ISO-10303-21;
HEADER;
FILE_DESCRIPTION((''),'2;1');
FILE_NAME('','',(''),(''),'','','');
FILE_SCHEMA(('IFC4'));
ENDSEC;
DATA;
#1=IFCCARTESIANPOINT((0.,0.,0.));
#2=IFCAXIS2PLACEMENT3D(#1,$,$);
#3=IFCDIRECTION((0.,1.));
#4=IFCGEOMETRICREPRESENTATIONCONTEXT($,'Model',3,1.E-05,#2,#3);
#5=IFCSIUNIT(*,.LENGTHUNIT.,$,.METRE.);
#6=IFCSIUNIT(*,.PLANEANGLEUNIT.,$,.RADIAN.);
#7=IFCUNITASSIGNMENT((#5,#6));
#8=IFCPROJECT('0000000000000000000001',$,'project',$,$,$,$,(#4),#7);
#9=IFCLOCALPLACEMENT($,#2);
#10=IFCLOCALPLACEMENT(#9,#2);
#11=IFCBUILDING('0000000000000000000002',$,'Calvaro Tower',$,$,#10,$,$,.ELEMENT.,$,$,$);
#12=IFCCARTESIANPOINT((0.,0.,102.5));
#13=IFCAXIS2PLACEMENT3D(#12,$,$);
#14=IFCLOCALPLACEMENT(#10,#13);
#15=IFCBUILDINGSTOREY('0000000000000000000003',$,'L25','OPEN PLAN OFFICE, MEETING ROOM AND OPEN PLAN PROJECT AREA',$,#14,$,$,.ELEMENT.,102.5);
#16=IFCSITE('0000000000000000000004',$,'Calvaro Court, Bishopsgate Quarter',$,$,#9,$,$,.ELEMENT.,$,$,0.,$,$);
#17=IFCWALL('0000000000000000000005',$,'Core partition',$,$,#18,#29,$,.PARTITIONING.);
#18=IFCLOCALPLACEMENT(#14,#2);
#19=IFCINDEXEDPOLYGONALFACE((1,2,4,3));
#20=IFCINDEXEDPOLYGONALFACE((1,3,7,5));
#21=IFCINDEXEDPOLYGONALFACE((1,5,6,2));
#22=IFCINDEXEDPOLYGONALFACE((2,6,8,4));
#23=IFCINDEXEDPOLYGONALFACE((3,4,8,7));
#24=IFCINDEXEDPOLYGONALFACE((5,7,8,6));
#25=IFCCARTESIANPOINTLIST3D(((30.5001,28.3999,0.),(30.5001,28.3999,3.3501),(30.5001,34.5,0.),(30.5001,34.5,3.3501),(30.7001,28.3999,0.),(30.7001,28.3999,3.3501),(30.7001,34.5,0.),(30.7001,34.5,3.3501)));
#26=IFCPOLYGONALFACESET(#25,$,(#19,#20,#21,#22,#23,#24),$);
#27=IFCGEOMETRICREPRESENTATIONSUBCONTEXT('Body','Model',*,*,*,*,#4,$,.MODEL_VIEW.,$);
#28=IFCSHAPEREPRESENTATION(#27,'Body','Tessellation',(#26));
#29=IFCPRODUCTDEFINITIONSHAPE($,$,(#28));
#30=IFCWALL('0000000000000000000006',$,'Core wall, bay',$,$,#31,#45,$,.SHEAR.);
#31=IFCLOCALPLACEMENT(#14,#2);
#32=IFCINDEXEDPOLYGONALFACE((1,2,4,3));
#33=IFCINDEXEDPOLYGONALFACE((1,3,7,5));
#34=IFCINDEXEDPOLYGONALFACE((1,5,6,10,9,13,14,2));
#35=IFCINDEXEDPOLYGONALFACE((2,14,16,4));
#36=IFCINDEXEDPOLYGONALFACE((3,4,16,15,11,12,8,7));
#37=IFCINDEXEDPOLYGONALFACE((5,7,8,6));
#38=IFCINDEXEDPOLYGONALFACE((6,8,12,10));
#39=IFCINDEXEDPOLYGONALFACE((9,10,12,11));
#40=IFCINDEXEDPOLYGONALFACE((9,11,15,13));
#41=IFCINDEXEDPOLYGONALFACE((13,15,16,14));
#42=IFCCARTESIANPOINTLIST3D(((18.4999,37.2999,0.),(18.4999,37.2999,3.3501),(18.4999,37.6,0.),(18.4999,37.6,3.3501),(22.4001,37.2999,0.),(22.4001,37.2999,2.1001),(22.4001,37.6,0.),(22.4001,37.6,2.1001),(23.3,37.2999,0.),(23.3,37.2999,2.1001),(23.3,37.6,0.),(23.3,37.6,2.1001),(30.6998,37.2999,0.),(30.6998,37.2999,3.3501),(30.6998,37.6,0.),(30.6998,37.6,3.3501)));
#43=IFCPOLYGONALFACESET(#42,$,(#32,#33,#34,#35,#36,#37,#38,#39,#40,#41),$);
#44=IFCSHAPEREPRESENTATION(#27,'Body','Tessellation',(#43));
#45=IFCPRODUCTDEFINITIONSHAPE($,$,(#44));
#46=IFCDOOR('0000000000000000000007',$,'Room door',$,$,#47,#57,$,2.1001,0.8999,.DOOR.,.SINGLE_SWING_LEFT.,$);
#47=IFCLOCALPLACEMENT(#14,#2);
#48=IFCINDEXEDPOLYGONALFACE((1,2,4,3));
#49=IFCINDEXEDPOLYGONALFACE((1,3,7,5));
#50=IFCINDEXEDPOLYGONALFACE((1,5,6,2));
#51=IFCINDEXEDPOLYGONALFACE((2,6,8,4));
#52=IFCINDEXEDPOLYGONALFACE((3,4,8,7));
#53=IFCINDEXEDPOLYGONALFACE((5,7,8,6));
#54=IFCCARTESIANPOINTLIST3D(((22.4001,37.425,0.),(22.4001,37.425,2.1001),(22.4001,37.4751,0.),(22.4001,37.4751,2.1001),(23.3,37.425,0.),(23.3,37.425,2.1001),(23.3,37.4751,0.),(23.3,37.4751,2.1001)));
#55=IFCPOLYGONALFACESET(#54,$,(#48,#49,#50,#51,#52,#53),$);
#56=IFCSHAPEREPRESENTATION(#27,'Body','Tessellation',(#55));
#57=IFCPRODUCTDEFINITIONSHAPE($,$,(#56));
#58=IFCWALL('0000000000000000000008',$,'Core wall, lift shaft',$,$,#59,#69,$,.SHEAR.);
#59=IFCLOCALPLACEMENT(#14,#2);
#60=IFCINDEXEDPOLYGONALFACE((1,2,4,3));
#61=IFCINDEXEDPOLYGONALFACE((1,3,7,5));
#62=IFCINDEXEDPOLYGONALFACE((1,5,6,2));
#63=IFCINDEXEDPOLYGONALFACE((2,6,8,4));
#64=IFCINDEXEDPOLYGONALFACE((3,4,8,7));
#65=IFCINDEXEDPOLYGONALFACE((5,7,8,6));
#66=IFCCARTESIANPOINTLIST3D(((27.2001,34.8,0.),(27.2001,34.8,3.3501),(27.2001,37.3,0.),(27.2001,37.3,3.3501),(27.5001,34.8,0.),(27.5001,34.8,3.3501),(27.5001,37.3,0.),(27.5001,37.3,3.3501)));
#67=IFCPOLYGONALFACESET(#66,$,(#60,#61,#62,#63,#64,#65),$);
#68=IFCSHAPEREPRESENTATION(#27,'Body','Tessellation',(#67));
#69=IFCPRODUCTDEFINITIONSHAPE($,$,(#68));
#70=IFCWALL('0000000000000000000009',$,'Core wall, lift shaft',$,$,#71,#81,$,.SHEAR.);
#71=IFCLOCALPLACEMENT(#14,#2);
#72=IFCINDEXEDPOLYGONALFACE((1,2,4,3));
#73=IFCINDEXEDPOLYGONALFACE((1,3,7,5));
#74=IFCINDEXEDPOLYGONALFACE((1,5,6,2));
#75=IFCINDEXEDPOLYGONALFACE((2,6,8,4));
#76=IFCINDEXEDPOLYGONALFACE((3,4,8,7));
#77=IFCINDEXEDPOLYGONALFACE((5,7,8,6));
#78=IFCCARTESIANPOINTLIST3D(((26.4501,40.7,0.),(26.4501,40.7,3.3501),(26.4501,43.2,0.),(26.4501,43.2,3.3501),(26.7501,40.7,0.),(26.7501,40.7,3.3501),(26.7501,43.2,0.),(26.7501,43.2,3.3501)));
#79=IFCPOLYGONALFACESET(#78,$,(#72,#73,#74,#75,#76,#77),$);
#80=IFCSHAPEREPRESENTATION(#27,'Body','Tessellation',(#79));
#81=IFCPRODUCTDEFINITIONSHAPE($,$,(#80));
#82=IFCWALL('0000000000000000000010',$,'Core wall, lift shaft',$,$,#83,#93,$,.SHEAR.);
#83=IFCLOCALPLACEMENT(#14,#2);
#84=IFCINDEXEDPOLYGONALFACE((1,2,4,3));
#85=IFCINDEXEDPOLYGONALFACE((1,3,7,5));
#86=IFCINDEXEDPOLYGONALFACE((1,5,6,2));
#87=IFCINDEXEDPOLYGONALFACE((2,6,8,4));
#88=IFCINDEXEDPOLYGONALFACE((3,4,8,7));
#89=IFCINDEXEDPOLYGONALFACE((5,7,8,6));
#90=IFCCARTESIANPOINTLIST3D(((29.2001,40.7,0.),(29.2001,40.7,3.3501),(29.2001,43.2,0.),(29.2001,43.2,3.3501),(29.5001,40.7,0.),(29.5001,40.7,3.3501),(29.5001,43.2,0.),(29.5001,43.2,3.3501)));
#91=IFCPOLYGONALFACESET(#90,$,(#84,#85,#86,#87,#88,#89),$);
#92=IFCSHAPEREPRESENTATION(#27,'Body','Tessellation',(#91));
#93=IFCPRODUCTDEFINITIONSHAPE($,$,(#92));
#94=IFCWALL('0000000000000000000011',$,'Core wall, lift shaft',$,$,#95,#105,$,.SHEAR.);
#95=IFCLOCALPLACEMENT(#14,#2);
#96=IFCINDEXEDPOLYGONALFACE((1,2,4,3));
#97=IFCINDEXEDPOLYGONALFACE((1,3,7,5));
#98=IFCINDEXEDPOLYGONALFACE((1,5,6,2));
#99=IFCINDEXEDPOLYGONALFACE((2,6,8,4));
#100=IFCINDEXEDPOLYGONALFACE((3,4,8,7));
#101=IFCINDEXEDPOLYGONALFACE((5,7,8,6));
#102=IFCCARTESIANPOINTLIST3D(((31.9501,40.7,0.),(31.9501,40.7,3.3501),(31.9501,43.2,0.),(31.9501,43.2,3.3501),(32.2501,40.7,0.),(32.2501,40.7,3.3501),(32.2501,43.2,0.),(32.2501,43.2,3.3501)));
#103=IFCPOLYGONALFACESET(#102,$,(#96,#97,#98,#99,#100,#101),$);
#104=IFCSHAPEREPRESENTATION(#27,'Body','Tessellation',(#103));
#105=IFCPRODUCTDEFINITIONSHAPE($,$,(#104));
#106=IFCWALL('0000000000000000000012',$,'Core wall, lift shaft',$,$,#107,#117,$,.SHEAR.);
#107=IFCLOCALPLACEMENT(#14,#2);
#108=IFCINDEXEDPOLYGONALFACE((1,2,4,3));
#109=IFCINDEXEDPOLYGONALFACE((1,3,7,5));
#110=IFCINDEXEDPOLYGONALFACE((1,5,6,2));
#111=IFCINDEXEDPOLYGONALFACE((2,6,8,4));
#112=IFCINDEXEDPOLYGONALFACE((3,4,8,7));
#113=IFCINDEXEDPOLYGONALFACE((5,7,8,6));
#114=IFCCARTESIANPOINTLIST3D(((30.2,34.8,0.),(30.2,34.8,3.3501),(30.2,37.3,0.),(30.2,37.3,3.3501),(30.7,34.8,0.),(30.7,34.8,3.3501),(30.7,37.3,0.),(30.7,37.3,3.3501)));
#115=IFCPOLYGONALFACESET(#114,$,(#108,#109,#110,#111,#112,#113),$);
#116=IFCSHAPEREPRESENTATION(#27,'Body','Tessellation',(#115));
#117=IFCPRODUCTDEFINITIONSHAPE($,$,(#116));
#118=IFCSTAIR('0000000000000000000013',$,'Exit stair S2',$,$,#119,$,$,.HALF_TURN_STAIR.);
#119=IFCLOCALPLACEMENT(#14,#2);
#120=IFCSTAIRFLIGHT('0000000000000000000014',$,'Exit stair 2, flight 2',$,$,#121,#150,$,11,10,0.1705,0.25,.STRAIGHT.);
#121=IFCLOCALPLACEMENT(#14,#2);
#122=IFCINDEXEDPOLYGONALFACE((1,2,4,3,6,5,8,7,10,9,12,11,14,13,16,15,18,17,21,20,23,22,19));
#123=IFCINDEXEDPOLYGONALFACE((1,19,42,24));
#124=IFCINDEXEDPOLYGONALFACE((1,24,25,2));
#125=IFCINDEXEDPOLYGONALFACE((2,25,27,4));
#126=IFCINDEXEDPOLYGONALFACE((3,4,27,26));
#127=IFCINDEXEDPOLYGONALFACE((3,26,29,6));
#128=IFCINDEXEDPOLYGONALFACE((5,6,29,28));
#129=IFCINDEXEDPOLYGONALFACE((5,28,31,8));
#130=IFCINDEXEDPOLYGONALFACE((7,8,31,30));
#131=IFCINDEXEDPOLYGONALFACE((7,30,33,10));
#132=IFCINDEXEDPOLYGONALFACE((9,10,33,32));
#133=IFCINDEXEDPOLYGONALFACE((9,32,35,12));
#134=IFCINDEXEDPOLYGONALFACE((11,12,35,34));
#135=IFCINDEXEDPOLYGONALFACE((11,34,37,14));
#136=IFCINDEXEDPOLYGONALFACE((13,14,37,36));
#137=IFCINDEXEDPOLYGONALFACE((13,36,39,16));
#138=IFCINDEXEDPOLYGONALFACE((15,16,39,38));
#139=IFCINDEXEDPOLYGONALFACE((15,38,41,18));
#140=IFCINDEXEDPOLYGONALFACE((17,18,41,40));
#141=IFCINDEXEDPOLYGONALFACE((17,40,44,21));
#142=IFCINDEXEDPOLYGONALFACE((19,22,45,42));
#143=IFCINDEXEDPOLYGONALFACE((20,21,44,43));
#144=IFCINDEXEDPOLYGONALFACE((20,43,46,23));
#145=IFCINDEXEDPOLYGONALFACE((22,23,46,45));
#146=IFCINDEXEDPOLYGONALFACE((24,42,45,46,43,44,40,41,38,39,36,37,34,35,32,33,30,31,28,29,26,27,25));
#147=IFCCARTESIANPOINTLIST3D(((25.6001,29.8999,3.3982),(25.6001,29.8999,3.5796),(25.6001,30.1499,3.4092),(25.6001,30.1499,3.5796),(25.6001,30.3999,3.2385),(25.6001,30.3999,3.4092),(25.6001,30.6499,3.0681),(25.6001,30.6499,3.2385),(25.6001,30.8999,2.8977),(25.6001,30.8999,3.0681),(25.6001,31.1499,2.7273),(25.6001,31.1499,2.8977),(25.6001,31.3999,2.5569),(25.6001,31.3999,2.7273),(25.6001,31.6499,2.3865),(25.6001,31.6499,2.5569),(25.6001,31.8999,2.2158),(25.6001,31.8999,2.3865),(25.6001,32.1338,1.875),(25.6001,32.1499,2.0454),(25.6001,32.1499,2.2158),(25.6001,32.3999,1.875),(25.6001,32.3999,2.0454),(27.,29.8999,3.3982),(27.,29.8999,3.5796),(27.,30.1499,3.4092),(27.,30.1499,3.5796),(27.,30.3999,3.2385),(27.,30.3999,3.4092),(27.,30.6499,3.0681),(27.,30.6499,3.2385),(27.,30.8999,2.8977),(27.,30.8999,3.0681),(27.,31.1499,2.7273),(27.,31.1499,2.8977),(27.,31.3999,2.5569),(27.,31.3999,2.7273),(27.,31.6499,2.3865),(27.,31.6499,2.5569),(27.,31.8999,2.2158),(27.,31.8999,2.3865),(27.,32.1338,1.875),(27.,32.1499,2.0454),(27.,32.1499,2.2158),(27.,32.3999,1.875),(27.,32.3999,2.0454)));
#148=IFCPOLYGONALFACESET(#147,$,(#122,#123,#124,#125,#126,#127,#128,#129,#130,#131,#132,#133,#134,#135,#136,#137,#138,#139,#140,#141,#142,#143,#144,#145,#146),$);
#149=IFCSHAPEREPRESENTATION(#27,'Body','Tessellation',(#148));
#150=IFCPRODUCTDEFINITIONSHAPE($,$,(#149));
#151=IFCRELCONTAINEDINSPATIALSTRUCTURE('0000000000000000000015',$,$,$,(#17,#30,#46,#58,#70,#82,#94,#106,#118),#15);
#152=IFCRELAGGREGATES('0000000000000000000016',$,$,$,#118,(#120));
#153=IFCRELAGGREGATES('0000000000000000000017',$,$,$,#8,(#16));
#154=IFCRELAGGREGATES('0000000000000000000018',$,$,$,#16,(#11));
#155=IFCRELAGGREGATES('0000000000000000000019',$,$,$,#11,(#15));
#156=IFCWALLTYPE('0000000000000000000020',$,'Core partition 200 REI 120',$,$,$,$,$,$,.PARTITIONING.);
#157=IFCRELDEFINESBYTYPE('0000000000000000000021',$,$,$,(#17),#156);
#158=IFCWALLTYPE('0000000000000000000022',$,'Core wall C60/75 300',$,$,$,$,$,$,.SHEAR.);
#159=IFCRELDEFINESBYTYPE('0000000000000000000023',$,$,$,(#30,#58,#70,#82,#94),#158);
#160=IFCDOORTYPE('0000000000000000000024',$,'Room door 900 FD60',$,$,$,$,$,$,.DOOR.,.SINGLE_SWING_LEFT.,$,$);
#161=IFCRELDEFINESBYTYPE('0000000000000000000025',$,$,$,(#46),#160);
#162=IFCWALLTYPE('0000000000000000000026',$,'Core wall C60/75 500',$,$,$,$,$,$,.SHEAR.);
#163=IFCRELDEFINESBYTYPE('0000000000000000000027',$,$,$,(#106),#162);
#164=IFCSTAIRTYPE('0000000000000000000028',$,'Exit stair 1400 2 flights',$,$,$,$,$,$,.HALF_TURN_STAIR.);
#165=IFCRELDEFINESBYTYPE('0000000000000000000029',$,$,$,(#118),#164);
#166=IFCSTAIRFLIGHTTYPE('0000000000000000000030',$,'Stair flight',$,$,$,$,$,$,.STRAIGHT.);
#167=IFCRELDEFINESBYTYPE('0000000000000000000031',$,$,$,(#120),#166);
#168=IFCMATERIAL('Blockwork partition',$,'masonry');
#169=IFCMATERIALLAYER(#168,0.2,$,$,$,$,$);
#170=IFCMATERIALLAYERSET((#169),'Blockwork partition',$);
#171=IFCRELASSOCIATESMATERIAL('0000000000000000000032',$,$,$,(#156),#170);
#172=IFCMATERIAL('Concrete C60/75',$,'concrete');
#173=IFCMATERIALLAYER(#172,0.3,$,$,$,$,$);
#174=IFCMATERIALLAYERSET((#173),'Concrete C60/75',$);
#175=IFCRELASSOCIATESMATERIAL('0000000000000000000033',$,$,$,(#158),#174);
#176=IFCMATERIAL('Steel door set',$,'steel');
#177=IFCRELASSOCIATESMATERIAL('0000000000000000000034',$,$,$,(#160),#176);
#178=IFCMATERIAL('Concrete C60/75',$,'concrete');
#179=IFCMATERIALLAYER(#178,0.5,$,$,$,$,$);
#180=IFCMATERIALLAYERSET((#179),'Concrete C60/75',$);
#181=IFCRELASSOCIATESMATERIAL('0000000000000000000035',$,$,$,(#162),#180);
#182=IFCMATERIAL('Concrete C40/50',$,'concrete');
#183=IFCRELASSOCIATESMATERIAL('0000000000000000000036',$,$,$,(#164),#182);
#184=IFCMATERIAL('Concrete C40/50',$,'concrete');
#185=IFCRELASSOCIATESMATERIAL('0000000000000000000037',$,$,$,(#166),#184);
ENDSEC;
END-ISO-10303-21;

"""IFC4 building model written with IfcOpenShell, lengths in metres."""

from ifc_helpers import new_model, si_unit, direction, frame, frame_2d, origin, place, context, subcontext, project, spatial, polyline, rectangle, outline, extrude, material, layer, layer_set, type_object, element, fill, aggregate, save


model = new_model("IFC4")

# Units and contexts
model_context = context("Model", 3, precision=1e-05, world=origin(), true_north=direction((0.0, 1.0)))
body_context = subcontext(model_context, "Body", "Model", "MODEL_VIEW")
ifc_project = project(units=[si_unit("LENGTHUNIT", "METRE"), si_unit("PLANEANGLEUNIT", "RADIAN")], contexts=[model_context])

# Site, building, storey
site_placement = place(None, origin())
site = spatial("IfcSite", under=ifc_project, at=site_placement, Name="Calvaro Court, Bishopsgate Quarter", CompositionType="ELEMENT", RefElevation=0.0)
building_placement = place(site_placement, origin())
building = spatial("IfcBuilding", under=site, at=building_placement, Name="Calvaro Tower", CompositionType="ELEMENT")
storey_placement = place(building_placement, frame((0.0, 0.0, 102.5)))
storey = spatial("IfcBuildingStorey", under=building, at=storey_placement, Name="L25", Description="OPEN PLAN OFFICE, MEETING ROOM AND OPEN PLAN PROJECT AREA", CompositionType="ELEMENT", Elevation=102.5)

# Wall
ifc_material_1 = material(Name="Blockwork partition", Category="masonry")
ifc_layer_1 = layer(ifc_material_1, 0.2)
ifc_layer_set_1 = layer_set([ifc_layer_1], Name="Blockwork partition")
wall_type_1 = type_object("IfcWallType", Name="Core partition 200 REI 120", PredefinedType="PARTITIONING", material=ifc_layer_set_1)
wall_1_placement = place(storey_placement, frame((30.6001, 28.3999, 0.0), z_axis=(0.0, 0.0, 1.0), x_axis=(0.0, 1.0, 0.0)))
element("IfcWall", 1, at=wall_1_placement, inside=storey, type_object=wall_type_1, Name="Core partition", PredefinedType="PARTITIONING", context=body_context, shape_type="SweptSolid", body=[
    extrude(rectangle(XDim=6.1001, YDim=0.2, at=frame_2d((3.05, 0.0))), origin(), (0.0, 0.0, 1.0), 3.3501),
])

# Wall, opening, door
ifc_material_2 = material(Name="Concrete C60/75", Category="concrete")
ifc_layer_2 = layer(ifc_material_2, 0.3)
ifc_layer_set_2 = layer_set([ifc_layer_2], Name="Concrete C60/75")
wall_type_2 = type_object("IfcWallType", Name="Core wall C60/75 300", PredefinedType="SHEAR", material=ifc_layer_set_2)
wall_2_placement = place(storey_placement, frame((30.7, 37.45, 0.0), z_axis=(0.0, 0.0, 1.0), x_axis=(-1.0, 0.0, 0.0)))
wall_2 = element("IfcWall", 2, at=wall_2_placement, inside=storey, type_object=wall_type_2, Name="Core wall, bay", PredefinedType="SHEAR", context=body_context, shape_type="SweptSolid", body=[
    extrude(rectangle(XDim=12.2, YDim=0.3, at=frame_2d((6.1001, 0.0))), origin(), (0.0, 0.0, 1.0), 3.3501),
])
opening_placement = place(wall_2_placement, frame((7.3999, 0.0, 0.0)))
opening = element("IfcOpeningElement", 3, at=opening_placement, cuts=wall_2, PredefinedType="OPENING", context=body_context, shape_type="SweptSolid", body=[
    extrude(rectangle(XDim=0.8999, YDim=2.1001, at=frame_2d((0.45, 1.05))), frame((0.0, 0.1599, 0.0), z_axis=(0.0, -1.0, 0.0), x_axis=(1.0, 0.0, 0.0)), (0.0, 0.0, 1.0), 0.3201),
])
ifc_material_3 = material(Name="Steel door set", Category="steel")
door_type = type_object("IfcDoorType", Name="Room door 900 FD60", OperationType="SINGLE_SWING_LEFT", PredefinedType="DOOR", material=ifc_material_3)
door_placement = place(opening_placement, origin())
door = element("IfcDoor", 4, at=door_placement, inside=storey, type_object=door_type, Name="Room door", OperationType="SINGLE_SWING_LEFT", OverallHeight=2.1001, OverallWidth=0.8999, PredefinedType="DOOR", context=body_context, shape_type="SweptSolid", body=[
    extrude(rectangle(XDim=0.8999, YDim=2.1001, at=frame_2d((0.45, 1.05))), frame((0.0, 0.0249, 0.0), z_axis=(0.0, -1.0, 0.0), x_axis=(1.0, 0.0, 0.0)), (0.0, 0.0, 1.0), 0.05),
])
fill(opening, door)

# Walls
for number, where, z_axis, x_axis, name in (
    (5, (27.3501, 34.8, 0.0), (0.0, 0.0, 1.0), (0.0, 1.0, 0.0), "Core wall, lift shaft"),
    (6, (26.6001, 40.7, 0.0), (0.0, 0.0, 1.0), (0.0, 1.0, 0.0), "Core wall, lift shaft"),
    (7, (29.3501, 40.7, 0.0), (0.0, 0.0, 1.0), (0.0, 1.0, 0.0), "Core wall, lift shaft"),
    (8, (32.1001, 40.7, 0.0), (0.0, 0.0, 1.0), (0.0, 1.0, 0.0), "Core wall, lift shaft"),
):
    element("IfcWall", number, at=place(storey_placement, frame(where, z_axis=z_axis, x_axis=x_axis)), inside=storey, type_object=wall_type_2, Name=name, PredefinedType="SHEAR", context=body_context, shape_type="SweptSolid", body=[
        extrude(rectangle(XDim=2.5, YDim=0.3, at=frame_2d((1.25, 0.0))), origin(), (0.0, 0.0, 1.0), 3.3501),
    ])
ifc_material_4 = material(Name="Concrete C60/75", Category="concrete")
ifc_layer_3 = layer(ifc_material_4, 0.5)
ifc_layer_set_3 = layer_set([ifc_layer_3], Name="Concrete C60/75")
wall_type_3 = type_object("IfcWallType", Name="Core wall C60/75 500", PredefinedType="SHEAR", material=ifc_layer_set_3)
wall_3_placement = place(storey_placement, frame((30.45, 34.8, 0.0), z_axis=(0.0, 0.0, 1.0), x_axis=(0.0, 1.0, 0.0)))
element("IfcWall", 9, at=wall_3_placement, inside=storey, type_object=wall_type_3, Name="Core wall, lift shaft", PredefinedType="SHEAR", context=body_context, shape_type="SweptSolid", body=[
    extrude(rectangle(XDim=2.5, YDim=0.5, at=frame_2d((1.25, 0.0))), origin(), (0.0, 0.0, 1.0), 3.3501),
])

# Stair, stair flight
ifc_material_5 = material(Name="Concrete C40/50", Category="concrete")
stair_type = type_object("IfcStairType", Name="Exit stair 1400 2 flights", PredefinedType="HALF_TURN_STAIR", material=ifc_material_5)
stair_placement = place(storey_placement, origin())
stair = element("IfcStair", 10, at=stair_placement, inside=storey, type_object=stair_type, Name="Exit stair S2", PredefinedType="HALF_TURN_STAIR")
ifc_material_6 = material(Name="Concrete C40/50", Category="concrete")
stair_flight_type = type_object("IfcStairFlightType", Name="Stair flight", PredefinedType="STRAIGHT", material=ifc_material_6)
stair_flight_placement = place(storey_placement, frame((26.3, 32.3999, 1.875), z_axis=(0.0, 0.0, 1.0), x_axis=(0.0, -1.0, 0.0)))
stair_flight = element("IfcStairFlight", 11, at=stair_flight_placement, type_object=stair_flight_type, Name="Exit stair 2, flight 2", NumberOfRisers=11, NumberOfTreads=10, PredefinedType="STRAIGHT", RiserHeight=0.1705, TreadLength=0.25, context=body_context, shape_type="SweptSolid", body=[
    extrude(outline(polyline([(0.0, 0.0), (0.0, 0.1704), (0.25, 0.1704), (0.25, 0.3408), (0.5, 0.3408), (0.5, 0.5115), (0.75, 0.5115), (0.75, 0.6819), (1.0, 0.6819), (1.0, 0.8523), (1.25, 0.8523), (1.25, 1.0227), (1.5, 1.0227), (1.5, 1.1931), (1.75, 1.1931), (1.75, 1.3635), (2.0, 1.3635), (2.0, 1.5342), (2.25, 1.5342), (2.25, 1.7046), (2.5, 1.7046), (2.5, 1.875), (2.5, 1.5232), (0.2661, 0.0), (0.0, 0.0)])), frame((0.0, 0.7, 0.0), z_axis=(0.0, -1.0, 0.0), x_axis=(1.0, 0.0, 0.0)), (0.0, 0.0, 1.0), 1.3999),
])
aggregate(stair, [stair_flight])

save(model, "model.ifc")
